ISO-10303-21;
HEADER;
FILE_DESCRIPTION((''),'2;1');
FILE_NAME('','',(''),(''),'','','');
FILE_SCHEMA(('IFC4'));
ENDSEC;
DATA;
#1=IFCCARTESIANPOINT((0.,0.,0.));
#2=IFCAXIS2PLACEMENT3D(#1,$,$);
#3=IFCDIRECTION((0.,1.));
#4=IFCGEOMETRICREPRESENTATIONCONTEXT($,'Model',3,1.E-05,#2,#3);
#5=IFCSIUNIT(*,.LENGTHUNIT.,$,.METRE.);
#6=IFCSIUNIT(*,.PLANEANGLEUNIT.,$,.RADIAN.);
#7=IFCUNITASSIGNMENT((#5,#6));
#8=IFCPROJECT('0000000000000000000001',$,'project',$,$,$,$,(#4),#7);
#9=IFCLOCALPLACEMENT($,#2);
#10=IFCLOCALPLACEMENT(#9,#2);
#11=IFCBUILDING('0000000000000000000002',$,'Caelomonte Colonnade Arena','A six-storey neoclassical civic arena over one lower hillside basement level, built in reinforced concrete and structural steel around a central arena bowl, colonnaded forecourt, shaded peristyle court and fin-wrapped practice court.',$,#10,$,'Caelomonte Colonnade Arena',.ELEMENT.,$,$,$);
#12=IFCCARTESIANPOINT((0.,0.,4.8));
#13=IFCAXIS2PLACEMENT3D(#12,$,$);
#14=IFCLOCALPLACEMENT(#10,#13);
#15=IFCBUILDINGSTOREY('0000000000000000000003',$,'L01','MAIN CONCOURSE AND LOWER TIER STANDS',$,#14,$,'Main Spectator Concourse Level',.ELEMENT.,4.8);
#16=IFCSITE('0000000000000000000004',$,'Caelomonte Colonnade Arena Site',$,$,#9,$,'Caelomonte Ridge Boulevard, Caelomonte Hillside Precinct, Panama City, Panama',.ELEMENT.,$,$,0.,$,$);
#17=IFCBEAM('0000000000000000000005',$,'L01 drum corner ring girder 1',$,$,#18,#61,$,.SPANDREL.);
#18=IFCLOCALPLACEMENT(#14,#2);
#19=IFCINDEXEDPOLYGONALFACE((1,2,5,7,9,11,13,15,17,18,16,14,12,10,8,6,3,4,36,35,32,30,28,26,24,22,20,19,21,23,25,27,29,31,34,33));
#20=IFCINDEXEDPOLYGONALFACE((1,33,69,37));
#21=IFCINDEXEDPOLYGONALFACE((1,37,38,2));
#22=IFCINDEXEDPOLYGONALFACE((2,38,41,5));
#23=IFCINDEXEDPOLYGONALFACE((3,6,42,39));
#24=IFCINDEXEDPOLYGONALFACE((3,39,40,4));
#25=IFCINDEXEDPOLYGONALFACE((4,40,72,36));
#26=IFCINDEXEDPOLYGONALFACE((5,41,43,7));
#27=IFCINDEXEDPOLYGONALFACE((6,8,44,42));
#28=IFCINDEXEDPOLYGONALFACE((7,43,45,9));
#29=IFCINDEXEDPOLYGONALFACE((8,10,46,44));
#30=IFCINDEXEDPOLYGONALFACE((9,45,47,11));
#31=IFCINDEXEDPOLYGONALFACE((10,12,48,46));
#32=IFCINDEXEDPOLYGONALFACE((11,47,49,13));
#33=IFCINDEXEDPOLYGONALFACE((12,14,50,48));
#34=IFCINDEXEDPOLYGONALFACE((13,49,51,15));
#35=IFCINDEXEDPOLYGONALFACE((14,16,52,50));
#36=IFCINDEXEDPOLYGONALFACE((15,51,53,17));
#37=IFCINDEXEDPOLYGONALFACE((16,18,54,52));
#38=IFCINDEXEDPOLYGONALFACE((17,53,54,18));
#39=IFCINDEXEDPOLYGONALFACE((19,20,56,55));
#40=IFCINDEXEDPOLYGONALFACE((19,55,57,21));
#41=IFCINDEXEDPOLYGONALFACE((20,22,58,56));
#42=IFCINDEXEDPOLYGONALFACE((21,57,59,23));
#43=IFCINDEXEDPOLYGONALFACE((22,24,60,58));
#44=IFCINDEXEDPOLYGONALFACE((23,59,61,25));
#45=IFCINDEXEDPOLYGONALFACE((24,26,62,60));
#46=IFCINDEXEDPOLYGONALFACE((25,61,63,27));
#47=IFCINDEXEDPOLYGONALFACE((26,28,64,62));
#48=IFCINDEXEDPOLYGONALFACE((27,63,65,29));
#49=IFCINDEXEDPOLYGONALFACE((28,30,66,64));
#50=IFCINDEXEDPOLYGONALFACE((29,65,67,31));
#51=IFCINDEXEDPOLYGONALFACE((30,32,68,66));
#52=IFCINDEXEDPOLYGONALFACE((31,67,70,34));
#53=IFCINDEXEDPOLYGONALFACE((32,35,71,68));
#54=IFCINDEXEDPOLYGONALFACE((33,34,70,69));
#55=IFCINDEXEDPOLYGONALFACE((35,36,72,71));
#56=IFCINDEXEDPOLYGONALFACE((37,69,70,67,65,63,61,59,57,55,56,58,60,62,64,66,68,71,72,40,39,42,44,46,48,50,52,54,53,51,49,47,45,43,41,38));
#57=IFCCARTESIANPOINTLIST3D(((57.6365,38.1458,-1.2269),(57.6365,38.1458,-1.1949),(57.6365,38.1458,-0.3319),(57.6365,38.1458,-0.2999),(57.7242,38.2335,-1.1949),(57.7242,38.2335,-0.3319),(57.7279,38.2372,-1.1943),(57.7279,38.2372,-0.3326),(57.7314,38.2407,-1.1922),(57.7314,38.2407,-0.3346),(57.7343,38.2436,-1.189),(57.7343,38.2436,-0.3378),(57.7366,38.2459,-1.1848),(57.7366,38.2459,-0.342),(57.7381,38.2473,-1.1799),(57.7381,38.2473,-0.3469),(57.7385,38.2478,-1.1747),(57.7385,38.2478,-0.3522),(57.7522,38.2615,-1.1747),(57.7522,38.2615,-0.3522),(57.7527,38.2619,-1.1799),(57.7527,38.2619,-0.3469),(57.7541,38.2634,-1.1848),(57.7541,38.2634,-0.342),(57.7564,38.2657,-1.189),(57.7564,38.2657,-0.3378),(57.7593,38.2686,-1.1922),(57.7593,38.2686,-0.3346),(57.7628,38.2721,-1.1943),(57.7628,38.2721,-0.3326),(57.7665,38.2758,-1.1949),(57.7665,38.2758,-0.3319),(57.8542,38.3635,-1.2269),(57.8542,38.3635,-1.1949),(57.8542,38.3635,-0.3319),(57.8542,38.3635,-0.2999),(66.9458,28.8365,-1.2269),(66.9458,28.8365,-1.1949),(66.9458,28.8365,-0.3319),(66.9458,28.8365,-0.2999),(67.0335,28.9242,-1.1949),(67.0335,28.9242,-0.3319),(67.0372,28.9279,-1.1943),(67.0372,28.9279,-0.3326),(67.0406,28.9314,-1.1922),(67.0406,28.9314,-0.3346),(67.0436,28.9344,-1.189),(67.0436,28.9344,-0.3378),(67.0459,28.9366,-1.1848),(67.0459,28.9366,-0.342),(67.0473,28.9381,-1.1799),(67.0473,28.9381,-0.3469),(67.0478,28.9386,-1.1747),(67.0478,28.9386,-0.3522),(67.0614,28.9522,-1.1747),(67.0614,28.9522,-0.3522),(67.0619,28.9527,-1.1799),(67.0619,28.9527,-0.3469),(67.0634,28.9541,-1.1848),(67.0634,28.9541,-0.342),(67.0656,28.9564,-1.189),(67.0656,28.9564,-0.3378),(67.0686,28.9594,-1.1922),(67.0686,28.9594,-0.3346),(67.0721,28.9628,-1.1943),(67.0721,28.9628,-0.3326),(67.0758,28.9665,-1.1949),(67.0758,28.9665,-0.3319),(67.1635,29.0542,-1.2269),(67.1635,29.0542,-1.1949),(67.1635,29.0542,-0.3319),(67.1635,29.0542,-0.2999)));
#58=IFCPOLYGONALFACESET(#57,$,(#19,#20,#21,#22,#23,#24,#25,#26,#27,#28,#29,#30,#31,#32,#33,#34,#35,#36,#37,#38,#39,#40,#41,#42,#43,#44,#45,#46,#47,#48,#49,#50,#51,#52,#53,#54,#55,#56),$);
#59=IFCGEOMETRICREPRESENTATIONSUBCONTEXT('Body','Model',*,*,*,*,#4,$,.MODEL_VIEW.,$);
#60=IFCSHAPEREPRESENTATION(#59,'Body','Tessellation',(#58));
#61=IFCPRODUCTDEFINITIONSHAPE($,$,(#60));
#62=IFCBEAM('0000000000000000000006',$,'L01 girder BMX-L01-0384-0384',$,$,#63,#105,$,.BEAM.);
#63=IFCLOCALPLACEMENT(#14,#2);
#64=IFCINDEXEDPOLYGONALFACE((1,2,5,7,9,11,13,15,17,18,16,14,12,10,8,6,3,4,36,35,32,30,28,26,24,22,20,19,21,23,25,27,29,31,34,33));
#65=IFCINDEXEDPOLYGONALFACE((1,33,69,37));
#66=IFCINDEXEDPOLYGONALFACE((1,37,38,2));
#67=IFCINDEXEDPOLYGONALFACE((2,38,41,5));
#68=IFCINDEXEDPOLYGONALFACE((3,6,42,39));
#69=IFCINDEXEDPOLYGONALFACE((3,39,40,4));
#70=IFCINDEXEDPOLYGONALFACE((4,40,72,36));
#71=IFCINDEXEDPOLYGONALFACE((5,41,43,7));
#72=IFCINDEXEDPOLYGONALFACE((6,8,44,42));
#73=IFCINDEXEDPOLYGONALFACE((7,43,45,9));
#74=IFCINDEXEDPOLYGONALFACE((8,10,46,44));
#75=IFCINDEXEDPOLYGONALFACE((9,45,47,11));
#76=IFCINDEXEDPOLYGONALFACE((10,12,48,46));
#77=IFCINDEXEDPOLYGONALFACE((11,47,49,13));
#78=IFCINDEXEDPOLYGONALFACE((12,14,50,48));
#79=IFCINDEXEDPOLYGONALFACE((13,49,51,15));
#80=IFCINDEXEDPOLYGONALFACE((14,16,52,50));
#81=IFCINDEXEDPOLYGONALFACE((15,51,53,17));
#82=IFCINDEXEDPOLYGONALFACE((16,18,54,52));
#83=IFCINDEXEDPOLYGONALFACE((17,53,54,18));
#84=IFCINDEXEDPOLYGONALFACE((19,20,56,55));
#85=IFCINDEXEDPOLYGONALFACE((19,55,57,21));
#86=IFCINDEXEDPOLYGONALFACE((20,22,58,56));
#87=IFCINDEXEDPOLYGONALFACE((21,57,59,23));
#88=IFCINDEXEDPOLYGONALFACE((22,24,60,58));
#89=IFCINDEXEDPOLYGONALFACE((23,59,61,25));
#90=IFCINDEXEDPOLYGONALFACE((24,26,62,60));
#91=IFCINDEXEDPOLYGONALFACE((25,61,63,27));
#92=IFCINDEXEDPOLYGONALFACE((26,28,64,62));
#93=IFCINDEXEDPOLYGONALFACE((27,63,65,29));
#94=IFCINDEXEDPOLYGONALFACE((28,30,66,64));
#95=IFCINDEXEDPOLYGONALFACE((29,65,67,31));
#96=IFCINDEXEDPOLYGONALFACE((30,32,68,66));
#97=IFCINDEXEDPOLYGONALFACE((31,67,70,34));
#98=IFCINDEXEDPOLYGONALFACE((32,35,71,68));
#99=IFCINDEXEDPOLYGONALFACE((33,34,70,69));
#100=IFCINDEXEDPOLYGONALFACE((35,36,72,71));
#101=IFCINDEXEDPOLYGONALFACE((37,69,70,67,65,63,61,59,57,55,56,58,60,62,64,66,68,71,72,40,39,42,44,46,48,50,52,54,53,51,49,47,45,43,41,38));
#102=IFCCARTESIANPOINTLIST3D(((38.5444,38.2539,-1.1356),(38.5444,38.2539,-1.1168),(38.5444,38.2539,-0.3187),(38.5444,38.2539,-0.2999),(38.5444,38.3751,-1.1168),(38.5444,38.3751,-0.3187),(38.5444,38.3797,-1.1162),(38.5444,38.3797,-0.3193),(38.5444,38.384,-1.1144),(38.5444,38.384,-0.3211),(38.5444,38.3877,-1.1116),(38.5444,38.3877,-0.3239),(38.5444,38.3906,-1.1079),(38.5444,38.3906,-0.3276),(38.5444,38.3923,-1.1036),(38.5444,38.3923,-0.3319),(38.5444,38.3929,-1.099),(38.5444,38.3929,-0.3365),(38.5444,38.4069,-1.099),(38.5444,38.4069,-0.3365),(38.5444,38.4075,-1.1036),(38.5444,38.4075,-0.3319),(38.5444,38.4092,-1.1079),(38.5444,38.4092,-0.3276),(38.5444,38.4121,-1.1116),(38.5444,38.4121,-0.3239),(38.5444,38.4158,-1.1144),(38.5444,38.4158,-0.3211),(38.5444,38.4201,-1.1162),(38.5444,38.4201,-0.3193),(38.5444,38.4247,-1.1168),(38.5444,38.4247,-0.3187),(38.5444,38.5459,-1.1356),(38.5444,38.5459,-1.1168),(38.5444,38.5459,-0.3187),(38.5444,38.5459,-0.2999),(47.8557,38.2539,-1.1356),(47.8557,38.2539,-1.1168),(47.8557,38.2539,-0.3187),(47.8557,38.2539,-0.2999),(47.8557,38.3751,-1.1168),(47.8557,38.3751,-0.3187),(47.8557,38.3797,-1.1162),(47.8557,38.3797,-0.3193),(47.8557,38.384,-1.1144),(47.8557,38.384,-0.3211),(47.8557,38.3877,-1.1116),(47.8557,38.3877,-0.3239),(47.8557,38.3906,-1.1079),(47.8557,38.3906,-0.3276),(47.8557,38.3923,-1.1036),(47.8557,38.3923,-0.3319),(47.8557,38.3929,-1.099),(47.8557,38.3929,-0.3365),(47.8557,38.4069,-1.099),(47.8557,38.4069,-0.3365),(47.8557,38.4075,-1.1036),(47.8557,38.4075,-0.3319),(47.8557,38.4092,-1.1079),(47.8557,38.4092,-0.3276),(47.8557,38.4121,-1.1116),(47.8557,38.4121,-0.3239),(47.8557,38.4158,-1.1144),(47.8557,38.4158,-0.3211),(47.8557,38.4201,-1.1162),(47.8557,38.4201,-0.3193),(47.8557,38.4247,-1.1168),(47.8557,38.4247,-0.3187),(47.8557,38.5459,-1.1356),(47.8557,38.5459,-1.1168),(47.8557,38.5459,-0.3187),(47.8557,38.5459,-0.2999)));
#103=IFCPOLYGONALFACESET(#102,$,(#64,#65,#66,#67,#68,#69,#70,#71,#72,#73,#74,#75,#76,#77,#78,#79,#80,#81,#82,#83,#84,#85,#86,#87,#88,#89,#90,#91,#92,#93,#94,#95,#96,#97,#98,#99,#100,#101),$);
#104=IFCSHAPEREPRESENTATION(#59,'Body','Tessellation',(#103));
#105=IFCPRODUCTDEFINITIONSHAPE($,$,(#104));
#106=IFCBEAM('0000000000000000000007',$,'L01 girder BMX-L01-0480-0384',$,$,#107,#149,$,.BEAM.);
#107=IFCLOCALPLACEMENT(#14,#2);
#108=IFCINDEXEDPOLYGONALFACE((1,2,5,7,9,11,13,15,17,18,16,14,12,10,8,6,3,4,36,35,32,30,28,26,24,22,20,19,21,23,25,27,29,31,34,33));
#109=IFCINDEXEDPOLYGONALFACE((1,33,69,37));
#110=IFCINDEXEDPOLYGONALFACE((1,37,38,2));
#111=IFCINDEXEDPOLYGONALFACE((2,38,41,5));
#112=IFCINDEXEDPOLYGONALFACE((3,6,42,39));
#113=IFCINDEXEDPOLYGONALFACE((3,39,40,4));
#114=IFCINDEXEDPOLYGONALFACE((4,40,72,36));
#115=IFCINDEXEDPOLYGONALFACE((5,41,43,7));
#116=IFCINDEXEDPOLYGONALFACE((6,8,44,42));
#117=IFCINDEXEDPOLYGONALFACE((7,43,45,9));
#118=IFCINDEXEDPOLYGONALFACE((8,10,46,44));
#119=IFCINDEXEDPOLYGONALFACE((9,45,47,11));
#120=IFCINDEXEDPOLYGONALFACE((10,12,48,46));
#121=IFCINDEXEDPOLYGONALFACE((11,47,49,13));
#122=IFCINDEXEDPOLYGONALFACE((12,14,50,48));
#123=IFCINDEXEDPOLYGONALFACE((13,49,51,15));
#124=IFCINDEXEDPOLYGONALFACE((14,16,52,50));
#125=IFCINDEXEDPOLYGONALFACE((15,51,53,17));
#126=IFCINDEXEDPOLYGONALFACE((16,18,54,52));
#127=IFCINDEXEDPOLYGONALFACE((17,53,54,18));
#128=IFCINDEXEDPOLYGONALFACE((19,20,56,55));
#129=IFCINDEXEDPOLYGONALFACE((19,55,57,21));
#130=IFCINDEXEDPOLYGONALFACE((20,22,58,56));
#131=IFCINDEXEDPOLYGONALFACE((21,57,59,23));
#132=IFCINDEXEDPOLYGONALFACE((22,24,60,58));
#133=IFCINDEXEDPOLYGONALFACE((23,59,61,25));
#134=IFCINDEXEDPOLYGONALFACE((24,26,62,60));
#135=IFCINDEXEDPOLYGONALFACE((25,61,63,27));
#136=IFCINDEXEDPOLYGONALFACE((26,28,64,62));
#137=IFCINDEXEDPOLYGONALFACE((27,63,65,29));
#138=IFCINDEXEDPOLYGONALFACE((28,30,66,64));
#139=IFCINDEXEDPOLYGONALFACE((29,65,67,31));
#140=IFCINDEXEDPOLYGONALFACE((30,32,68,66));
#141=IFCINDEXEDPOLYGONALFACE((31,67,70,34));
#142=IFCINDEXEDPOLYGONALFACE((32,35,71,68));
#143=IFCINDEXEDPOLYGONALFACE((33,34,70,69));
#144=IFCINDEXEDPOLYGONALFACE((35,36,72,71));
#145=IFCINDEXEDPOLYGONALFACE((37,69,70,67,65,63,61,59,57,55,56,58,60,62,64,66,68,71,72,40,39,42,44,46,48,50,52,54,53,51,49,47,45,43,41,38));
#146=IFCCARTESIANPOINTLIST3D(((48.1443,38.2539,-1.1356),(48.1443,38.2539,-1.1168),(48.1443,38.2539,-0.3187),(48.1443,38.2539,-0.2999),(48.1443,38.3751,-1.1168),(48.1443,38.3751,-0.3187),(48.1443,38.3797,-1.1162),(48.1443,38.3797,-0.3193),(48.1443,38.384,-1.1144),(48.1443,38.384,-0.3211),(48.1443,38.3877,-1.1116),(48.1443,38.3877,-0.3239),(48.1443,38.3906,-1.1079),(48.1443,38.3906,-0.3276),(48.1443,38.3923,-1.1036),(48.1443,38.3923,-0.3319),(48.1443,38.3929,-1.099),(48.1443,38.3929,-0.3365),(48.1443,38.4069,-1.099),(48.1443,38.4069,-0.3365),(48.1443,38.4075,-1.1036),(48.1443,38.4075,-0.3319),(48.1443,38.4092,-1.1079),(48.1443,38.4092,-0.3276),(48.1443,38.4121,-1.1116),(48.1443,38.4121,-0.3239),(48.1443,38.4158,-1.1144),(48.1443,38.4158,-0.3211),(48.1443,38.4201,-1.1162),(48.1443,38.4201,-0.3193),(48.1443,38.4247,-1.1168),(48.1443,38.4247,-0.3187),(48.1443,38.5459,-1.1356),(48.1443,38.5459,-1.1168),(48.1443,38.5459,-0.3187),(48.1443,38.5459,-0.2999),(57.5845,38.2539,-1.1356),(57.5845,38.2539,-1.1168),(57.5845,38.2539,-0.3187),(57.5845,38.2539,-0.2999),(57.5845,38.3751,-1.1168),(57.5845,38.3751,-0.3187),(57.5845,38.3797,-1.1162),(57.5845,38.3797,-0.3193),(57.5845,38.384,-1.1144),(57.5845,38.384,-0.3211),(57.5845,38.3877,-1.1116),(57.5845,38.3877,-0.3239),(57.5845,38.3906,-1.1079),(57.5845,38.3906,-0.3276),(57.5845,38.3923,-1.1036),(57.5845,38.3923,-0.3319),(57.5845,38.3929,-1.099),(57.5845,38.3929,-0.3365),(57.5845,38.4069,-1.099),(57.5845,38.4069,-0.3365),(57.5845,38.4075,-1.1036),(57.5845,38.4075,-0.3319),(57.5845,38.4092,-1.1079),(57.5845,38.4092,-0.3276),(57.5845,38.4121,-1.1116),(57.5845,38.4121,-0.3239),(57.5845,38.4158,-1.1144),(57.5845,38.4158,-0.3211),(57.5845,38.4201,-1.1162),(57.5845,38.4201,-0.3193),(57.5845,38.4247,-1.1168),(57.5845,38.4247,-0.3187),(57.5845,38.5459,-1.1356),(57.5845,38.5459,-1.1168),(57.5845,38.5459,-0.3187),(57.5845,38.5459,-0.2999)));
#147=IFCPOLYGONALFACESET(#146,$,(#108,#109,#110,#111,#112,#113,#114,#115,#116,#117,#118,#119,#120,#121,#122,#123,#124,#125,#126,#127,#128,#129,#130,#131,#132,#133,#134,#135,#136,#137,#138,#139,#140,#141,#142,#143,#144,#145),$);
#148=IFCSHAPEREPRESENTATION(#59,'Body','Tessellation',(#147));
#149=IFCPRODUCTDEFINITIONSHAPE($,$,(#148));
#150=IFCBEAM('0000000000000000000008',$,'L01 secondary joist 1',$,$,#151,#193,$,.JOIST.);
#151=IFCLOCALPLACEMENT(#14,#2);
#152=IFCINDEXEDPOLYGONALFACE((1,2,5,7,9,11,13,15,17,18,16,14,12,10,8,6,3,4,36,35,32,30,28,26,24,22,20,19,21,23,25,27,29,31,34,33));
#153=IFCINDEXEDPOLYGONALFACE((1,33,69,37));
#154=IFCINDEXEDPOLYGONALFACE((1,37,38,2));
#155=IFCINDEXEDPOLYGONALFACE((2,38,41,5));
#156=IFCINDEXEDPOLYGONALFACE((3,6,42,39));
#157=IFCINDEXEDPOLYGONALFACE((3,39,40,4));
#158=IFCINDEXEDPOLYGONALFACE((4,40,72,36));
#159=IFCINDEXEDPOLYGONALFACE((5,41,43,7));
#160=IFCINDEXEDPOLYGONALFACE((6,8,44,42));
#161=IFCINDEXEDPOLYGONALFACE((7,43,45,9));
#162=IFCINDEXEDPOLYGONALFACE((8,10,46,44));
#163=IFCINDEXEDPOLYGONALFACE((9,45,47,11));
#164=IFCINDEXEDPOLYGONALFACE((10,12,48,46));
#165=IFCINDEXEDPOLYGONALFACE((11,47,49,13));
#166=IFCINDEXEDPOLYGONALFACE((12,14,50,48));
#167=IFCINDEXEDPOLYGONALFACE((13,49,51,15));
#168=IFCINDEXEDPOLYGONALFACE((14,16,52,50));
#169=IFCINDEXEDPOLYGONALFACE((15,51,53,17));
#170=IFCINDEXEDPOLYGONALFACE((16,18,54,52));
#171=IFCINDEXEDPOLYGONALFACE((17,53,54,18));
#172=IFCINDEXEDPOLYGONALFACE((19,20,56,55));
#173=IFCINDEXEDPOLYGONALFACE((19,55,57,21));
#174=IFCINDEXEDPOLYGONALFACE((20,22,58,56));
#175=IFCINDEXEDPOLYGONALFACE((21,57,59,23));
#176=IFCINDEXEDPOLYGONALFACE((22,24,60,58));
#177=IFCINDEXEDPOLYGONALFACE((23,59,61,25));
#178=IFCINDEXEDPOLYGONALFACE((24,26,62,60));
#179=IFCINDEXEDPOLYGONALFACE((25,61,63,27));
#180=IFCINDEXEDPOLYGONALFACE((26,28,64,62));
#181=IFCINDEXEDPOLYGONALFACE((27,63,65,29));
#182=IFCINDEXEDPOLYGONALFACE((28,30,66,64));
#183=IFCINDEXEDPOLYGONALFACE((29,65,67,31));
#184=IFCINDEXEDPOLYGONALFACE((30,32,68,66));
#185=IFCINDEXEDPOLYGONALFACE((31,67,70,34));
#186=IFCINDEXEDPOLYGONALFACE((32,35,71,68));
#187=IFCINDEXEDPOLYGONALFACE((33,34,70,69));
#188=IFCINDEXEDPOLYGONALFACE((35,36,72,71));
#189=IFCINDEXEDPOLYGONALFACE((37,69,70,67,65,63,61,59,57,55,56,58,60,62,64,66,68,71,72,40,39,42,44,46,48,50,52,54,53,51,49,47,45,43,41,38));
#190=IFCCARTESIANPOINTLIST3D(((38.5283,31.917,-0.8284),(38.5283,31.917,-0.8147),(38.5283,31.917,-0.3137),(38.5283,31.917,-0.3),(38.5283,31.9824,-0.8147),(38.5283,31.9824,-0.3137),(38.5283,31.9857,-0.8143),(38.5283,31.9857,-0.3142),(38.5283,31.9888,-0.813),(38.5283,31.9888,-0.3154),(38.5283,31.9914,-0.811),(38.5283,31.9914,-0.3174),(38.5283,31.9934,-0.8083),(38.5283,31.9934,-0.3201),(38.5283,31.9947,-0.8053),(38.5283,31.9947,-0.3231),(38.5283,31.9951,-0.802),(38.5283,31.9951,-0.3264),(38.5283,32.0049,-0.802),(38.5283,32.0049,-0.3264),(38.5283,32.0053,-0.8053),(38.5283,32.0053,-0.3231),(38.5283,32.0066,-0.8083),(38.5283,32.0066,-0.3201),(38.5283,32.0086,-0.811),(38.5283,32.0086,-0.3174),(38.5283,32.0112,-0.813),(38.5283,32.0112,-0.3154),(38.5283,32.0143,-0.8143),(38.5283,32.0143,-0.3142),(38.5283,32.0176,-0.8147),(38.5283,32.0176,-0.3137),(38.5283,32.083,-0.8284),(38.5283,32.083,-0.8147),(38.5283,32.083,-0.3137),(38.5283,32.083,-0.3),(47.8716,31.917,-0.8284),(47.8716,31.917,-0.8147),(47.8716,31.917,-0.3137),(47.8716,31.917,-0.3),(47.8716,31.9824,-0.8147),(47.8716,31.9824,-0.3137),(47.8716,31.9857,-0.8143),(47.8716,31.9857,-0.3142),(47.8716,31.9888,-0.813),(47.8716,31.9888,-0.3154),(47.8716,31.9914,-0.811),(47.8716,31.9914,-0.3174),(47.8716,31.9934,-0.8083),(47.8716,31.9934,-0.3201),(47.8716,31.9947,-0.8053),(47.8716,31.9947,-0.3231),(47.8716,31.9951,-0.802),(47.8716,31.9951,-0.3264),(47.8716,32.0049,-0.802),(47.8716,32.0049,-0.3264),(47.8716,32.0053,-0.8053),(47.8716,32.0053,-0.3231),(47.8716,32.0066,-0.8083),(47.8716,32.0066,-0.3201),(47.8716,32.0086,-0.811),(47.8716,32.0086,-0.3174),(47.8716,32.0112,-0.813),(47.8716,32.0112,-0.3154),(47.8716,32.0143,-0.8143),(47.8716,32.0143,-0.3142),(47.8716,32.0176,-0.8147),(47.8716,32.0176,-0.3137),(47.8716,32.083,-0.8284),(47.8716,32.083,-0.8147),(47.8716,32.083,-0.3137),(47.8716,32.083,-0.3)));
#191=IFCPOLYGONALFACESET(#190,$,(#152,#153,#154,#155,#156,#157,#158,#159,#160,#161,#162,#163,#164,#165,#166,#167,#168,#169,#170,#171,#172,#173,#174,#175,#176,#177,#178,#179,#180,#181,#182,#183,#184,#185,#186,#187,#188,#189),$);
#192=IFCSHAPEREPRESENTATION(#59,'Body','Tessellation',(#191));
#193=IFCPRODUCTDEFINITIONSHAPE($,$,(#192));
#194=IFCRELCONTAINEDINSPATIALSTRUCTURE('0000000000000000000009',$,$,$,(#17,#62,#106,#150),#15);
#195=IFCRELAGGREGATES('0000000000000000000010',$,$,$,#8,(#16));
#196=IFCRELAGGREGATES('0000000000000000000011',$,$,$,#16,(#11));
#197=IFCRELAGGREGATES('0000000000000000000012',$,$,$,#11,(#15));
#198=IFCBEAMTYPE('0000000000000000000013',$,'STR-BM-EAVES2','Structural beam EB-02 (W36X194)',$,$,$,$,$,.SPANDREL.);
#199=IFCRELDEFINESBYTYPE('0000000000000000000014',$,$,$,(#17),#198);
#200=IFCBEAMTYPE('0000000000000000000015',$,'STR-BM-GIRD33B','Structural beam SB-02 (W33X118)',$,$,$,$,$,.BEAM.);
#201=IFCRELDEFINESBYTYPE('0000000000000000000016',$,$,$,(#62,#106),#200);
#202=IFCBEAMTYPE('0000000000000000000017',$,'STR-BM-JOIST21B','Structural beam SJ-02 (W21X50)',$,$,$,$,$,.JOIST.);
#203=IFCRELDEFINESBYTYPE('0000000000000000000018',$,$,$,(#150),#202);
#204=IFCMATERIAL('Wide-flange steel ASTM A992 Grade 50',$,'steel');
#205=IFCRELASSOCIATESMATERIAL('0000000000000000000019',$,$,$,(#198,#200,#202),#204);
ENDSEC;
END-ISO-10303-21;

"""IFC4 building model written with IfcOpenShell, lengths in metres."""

from ifc_helpers import new_model, si_unit, direction, frame, origin, origin_2d, place, context, subcontext, project, spatial, i_section, extrude, material, material_profile, profile_set, type_object, element, save


model = new_model("IFC4")

# Units and contexts
model_context = context("Model", 3, precision=1e-05, world=origin(), true_north=direction((0.0, 1.0)))
body_context = subcontext(model_context, "Body", "Model", "MODEL_VIEW")
ifc_project = project(units=[si_unit("LENGTHUNIT", "METRE"), si_unit("PLANEANGLEUNIT", "RADIAN")], contexts=[model_context])

# Site, building, storey
site_placement = place(None, origin())
site = spatial("IfcSite", under=ifc_project, at=site_placement, Name="Caelomonte Colonnade Arena Site", LongName="Caelomonte Ridge Boulevard, Caelomonte Hillside Precinct, Panama City, Panama", CompositionType="ELEMENT", RefElevation=0.0)
building_placement = place(site_placement, origin())
building = spatial("IfcBuilding", under=site, at=building_placement, Name="Caelomonte Colonnade Arena", Description="A six-storey neoclassical civic arena over one lower hillside basement level, built in reinforced concrete and structural steel around a central arena bowl, colonnaded forecourt, shaded peristyle court and fin-wrapped practice court.", LongName="Caelomonte Colonnade Arena", CompositionType="ELEMENT")
storey_placement = place(building_placement, frame((0.0, 0.0, 4.8)))
storey = spatial("IfcBuildingStorey", under=building, at=storey_placement, Name="L01", Description="MAIN CONCOURSE AND LOWER TIER STANDS", LongName="Main Spectator Concourse Level", CompositionType="ELEMENT", Elevation=4.8)

# Shared definitions
ifc_material_1 = material(Name="Wide-flange steel ASTM A992 Grade 50", Category="steel")

# Beams
ifc_material_profile_1 = material_profile(ifc_material_1, i_section(OverallWidth=0.3079, OverallDepth=0.927, WebThickness=0.0193, FlangeThickness=0.032, FilletRadius=0.0203, at=origin_2d()), Name="W36X194")
ifc_profile_set_1 = profile_set([ifc_material_profile_1], Name="Wide-flange steel ASTM A992 Grade 50")
beam_type_1 = type_object("IfcBeamType", Name="STR-BM-EAVES2", Description="Structural beam EB-02 (W36X194)", PredefinedType="SPANDREL", material=ifc_profile_set_1)
beam_1_placement = place(storey_placement, frame((57.7454, 38.2546, -0.7634), z_axis=(0.707107, -0.707107, 0.0), x_axis=(0.707107, 0.707107, 0.0)))
element("IfcBeam", 1, at=beam_1_placement, inside=storey, type_object=beam_type_1, Name="L01 drum corner ring girder 1", PredefinedType="SPANDREL", context=body_context, shape_type="SweptSolid", body=[
    extrude(i_section(OverallWidth=0.3079, OverallDepth=0.927, WebThickness=0.0193, FlangeThickness=0.032, FilletRadius=0.0203, at=origin_2d()), origin(), (0.0, 0.0, 1.0), 13.1653),
])
ifc_material_profile_2 = material_profile(ifc_material_1, i_section(OverallWidth=0.292, OverallDepth=0.8357, WebThickness=0.0139, FlangeThickness=0.0188, FilletRadius=0.0178, at=origin_2d()), Name="W33X118")
ifc_profile_set_2 = profile_set([ifc_material_profile_2], Name="Wide-flange steel ASTM A992 Grade 50")
beam_type_2 = type_object("IfcBeamType", Name="STR-BM-GIRD33B", Description="Structural beam SB-02 (W33X118)", PredefinedType="BEAM", material=ifc_profile_set_2)
beam_2_placement = place(storey_placement, frame((38.5444, 38.3999, -0.7178), z_axis=(1.0, 0.0, 0.0), x_axis=(0.0, 1.0, 0.0)))
element("IfcBeam", 2, at=beam_2_placement, inside=storey, type_object=beam_type_2, Name="L01 girder BMX-L01-0384-0384", PredefinedType="BEAM", context=body_context, shape_type="SweptSolid", body=[
    extrude(i_section(OverallWidth=0.292, OverallDepth=0.8357, WebThickness=0.0139, FlangeThickness=0.0188, FilletRadius=0.0178, at=origin_2d()), origin(), (0.0, 0.0, 1.0), 9.3113),
])
beam_3_placement = place(storey_placement, frame((48.1443, 38.3999, -0.7178), z_axis=(1.0, 0.0, 0.0), x_axis=(0.0, 1.0, 0.0)))
element("IfcBeam", 3, at=beam_3_placement, inside=storey, type_object=beam_type_2, Name="L01 girder BMX-L01-0480-0384", PredefinedType="BEAM", context=body_context, shape_type="SweptSolid", body=[
    extrude(i_section(OverallWidth=0.292, OverallDepth=0.8357, WebThickness=0.0139, FlangeThickness=0.0188, FilletRadius=0.0178, at=origin_2d()), origin(), (0.0, 0.0, 1.0), 9.4402),
])
ifc_material_profile_3 = material_profile(ifc_material_1, i_section(OverallWidth=0.166, OverallDepth=0.5283, WebThickness=0.0098, FlangeThickness=0.0137, FilletRadius=0.0127, at=origin_2d()), Name="W21X50")
ifc_profile_set_3 = profile_set([ifc_material_profile_3], Name="Wide-flange steel ASTM A992 Grade 50")
beam_type_3 = type_object("IfcBeamType", Name="STR-BM-JOIST21B", Description="Structural beam SJ-02 (W21X50)", PredefinedType="JOIST", material=ifc_profile_set_3)
for number, where, z_axis, x_axis, name in (
    (4, (38.5283, 32.0, -0.5642), (1.0, 0.0, 0.0), (0.0, 1.0, 0.0), "L01 secondary joist 1"),
):
    element("IfcBeam", number, at=place(storey_placement, frame(where, z_axis=z_axis, x_axis=x_axis)), inside=storey, type_object=beam_type_3, Name=name, PredefinedType="JOIST", context=body_context, shape_type="SweptSolid", body=[
        extrude(i_section(OverallWidth=0.166, OverallDepth=0.5283, WebThickness=0.0098, FlangeThickness=0.0137, FilletRadius=0.0127, at=origin_2d()), origin(), (0.0, 0.0, 1.0), 9.3433),
    ])

save(model, "model.ifc")
